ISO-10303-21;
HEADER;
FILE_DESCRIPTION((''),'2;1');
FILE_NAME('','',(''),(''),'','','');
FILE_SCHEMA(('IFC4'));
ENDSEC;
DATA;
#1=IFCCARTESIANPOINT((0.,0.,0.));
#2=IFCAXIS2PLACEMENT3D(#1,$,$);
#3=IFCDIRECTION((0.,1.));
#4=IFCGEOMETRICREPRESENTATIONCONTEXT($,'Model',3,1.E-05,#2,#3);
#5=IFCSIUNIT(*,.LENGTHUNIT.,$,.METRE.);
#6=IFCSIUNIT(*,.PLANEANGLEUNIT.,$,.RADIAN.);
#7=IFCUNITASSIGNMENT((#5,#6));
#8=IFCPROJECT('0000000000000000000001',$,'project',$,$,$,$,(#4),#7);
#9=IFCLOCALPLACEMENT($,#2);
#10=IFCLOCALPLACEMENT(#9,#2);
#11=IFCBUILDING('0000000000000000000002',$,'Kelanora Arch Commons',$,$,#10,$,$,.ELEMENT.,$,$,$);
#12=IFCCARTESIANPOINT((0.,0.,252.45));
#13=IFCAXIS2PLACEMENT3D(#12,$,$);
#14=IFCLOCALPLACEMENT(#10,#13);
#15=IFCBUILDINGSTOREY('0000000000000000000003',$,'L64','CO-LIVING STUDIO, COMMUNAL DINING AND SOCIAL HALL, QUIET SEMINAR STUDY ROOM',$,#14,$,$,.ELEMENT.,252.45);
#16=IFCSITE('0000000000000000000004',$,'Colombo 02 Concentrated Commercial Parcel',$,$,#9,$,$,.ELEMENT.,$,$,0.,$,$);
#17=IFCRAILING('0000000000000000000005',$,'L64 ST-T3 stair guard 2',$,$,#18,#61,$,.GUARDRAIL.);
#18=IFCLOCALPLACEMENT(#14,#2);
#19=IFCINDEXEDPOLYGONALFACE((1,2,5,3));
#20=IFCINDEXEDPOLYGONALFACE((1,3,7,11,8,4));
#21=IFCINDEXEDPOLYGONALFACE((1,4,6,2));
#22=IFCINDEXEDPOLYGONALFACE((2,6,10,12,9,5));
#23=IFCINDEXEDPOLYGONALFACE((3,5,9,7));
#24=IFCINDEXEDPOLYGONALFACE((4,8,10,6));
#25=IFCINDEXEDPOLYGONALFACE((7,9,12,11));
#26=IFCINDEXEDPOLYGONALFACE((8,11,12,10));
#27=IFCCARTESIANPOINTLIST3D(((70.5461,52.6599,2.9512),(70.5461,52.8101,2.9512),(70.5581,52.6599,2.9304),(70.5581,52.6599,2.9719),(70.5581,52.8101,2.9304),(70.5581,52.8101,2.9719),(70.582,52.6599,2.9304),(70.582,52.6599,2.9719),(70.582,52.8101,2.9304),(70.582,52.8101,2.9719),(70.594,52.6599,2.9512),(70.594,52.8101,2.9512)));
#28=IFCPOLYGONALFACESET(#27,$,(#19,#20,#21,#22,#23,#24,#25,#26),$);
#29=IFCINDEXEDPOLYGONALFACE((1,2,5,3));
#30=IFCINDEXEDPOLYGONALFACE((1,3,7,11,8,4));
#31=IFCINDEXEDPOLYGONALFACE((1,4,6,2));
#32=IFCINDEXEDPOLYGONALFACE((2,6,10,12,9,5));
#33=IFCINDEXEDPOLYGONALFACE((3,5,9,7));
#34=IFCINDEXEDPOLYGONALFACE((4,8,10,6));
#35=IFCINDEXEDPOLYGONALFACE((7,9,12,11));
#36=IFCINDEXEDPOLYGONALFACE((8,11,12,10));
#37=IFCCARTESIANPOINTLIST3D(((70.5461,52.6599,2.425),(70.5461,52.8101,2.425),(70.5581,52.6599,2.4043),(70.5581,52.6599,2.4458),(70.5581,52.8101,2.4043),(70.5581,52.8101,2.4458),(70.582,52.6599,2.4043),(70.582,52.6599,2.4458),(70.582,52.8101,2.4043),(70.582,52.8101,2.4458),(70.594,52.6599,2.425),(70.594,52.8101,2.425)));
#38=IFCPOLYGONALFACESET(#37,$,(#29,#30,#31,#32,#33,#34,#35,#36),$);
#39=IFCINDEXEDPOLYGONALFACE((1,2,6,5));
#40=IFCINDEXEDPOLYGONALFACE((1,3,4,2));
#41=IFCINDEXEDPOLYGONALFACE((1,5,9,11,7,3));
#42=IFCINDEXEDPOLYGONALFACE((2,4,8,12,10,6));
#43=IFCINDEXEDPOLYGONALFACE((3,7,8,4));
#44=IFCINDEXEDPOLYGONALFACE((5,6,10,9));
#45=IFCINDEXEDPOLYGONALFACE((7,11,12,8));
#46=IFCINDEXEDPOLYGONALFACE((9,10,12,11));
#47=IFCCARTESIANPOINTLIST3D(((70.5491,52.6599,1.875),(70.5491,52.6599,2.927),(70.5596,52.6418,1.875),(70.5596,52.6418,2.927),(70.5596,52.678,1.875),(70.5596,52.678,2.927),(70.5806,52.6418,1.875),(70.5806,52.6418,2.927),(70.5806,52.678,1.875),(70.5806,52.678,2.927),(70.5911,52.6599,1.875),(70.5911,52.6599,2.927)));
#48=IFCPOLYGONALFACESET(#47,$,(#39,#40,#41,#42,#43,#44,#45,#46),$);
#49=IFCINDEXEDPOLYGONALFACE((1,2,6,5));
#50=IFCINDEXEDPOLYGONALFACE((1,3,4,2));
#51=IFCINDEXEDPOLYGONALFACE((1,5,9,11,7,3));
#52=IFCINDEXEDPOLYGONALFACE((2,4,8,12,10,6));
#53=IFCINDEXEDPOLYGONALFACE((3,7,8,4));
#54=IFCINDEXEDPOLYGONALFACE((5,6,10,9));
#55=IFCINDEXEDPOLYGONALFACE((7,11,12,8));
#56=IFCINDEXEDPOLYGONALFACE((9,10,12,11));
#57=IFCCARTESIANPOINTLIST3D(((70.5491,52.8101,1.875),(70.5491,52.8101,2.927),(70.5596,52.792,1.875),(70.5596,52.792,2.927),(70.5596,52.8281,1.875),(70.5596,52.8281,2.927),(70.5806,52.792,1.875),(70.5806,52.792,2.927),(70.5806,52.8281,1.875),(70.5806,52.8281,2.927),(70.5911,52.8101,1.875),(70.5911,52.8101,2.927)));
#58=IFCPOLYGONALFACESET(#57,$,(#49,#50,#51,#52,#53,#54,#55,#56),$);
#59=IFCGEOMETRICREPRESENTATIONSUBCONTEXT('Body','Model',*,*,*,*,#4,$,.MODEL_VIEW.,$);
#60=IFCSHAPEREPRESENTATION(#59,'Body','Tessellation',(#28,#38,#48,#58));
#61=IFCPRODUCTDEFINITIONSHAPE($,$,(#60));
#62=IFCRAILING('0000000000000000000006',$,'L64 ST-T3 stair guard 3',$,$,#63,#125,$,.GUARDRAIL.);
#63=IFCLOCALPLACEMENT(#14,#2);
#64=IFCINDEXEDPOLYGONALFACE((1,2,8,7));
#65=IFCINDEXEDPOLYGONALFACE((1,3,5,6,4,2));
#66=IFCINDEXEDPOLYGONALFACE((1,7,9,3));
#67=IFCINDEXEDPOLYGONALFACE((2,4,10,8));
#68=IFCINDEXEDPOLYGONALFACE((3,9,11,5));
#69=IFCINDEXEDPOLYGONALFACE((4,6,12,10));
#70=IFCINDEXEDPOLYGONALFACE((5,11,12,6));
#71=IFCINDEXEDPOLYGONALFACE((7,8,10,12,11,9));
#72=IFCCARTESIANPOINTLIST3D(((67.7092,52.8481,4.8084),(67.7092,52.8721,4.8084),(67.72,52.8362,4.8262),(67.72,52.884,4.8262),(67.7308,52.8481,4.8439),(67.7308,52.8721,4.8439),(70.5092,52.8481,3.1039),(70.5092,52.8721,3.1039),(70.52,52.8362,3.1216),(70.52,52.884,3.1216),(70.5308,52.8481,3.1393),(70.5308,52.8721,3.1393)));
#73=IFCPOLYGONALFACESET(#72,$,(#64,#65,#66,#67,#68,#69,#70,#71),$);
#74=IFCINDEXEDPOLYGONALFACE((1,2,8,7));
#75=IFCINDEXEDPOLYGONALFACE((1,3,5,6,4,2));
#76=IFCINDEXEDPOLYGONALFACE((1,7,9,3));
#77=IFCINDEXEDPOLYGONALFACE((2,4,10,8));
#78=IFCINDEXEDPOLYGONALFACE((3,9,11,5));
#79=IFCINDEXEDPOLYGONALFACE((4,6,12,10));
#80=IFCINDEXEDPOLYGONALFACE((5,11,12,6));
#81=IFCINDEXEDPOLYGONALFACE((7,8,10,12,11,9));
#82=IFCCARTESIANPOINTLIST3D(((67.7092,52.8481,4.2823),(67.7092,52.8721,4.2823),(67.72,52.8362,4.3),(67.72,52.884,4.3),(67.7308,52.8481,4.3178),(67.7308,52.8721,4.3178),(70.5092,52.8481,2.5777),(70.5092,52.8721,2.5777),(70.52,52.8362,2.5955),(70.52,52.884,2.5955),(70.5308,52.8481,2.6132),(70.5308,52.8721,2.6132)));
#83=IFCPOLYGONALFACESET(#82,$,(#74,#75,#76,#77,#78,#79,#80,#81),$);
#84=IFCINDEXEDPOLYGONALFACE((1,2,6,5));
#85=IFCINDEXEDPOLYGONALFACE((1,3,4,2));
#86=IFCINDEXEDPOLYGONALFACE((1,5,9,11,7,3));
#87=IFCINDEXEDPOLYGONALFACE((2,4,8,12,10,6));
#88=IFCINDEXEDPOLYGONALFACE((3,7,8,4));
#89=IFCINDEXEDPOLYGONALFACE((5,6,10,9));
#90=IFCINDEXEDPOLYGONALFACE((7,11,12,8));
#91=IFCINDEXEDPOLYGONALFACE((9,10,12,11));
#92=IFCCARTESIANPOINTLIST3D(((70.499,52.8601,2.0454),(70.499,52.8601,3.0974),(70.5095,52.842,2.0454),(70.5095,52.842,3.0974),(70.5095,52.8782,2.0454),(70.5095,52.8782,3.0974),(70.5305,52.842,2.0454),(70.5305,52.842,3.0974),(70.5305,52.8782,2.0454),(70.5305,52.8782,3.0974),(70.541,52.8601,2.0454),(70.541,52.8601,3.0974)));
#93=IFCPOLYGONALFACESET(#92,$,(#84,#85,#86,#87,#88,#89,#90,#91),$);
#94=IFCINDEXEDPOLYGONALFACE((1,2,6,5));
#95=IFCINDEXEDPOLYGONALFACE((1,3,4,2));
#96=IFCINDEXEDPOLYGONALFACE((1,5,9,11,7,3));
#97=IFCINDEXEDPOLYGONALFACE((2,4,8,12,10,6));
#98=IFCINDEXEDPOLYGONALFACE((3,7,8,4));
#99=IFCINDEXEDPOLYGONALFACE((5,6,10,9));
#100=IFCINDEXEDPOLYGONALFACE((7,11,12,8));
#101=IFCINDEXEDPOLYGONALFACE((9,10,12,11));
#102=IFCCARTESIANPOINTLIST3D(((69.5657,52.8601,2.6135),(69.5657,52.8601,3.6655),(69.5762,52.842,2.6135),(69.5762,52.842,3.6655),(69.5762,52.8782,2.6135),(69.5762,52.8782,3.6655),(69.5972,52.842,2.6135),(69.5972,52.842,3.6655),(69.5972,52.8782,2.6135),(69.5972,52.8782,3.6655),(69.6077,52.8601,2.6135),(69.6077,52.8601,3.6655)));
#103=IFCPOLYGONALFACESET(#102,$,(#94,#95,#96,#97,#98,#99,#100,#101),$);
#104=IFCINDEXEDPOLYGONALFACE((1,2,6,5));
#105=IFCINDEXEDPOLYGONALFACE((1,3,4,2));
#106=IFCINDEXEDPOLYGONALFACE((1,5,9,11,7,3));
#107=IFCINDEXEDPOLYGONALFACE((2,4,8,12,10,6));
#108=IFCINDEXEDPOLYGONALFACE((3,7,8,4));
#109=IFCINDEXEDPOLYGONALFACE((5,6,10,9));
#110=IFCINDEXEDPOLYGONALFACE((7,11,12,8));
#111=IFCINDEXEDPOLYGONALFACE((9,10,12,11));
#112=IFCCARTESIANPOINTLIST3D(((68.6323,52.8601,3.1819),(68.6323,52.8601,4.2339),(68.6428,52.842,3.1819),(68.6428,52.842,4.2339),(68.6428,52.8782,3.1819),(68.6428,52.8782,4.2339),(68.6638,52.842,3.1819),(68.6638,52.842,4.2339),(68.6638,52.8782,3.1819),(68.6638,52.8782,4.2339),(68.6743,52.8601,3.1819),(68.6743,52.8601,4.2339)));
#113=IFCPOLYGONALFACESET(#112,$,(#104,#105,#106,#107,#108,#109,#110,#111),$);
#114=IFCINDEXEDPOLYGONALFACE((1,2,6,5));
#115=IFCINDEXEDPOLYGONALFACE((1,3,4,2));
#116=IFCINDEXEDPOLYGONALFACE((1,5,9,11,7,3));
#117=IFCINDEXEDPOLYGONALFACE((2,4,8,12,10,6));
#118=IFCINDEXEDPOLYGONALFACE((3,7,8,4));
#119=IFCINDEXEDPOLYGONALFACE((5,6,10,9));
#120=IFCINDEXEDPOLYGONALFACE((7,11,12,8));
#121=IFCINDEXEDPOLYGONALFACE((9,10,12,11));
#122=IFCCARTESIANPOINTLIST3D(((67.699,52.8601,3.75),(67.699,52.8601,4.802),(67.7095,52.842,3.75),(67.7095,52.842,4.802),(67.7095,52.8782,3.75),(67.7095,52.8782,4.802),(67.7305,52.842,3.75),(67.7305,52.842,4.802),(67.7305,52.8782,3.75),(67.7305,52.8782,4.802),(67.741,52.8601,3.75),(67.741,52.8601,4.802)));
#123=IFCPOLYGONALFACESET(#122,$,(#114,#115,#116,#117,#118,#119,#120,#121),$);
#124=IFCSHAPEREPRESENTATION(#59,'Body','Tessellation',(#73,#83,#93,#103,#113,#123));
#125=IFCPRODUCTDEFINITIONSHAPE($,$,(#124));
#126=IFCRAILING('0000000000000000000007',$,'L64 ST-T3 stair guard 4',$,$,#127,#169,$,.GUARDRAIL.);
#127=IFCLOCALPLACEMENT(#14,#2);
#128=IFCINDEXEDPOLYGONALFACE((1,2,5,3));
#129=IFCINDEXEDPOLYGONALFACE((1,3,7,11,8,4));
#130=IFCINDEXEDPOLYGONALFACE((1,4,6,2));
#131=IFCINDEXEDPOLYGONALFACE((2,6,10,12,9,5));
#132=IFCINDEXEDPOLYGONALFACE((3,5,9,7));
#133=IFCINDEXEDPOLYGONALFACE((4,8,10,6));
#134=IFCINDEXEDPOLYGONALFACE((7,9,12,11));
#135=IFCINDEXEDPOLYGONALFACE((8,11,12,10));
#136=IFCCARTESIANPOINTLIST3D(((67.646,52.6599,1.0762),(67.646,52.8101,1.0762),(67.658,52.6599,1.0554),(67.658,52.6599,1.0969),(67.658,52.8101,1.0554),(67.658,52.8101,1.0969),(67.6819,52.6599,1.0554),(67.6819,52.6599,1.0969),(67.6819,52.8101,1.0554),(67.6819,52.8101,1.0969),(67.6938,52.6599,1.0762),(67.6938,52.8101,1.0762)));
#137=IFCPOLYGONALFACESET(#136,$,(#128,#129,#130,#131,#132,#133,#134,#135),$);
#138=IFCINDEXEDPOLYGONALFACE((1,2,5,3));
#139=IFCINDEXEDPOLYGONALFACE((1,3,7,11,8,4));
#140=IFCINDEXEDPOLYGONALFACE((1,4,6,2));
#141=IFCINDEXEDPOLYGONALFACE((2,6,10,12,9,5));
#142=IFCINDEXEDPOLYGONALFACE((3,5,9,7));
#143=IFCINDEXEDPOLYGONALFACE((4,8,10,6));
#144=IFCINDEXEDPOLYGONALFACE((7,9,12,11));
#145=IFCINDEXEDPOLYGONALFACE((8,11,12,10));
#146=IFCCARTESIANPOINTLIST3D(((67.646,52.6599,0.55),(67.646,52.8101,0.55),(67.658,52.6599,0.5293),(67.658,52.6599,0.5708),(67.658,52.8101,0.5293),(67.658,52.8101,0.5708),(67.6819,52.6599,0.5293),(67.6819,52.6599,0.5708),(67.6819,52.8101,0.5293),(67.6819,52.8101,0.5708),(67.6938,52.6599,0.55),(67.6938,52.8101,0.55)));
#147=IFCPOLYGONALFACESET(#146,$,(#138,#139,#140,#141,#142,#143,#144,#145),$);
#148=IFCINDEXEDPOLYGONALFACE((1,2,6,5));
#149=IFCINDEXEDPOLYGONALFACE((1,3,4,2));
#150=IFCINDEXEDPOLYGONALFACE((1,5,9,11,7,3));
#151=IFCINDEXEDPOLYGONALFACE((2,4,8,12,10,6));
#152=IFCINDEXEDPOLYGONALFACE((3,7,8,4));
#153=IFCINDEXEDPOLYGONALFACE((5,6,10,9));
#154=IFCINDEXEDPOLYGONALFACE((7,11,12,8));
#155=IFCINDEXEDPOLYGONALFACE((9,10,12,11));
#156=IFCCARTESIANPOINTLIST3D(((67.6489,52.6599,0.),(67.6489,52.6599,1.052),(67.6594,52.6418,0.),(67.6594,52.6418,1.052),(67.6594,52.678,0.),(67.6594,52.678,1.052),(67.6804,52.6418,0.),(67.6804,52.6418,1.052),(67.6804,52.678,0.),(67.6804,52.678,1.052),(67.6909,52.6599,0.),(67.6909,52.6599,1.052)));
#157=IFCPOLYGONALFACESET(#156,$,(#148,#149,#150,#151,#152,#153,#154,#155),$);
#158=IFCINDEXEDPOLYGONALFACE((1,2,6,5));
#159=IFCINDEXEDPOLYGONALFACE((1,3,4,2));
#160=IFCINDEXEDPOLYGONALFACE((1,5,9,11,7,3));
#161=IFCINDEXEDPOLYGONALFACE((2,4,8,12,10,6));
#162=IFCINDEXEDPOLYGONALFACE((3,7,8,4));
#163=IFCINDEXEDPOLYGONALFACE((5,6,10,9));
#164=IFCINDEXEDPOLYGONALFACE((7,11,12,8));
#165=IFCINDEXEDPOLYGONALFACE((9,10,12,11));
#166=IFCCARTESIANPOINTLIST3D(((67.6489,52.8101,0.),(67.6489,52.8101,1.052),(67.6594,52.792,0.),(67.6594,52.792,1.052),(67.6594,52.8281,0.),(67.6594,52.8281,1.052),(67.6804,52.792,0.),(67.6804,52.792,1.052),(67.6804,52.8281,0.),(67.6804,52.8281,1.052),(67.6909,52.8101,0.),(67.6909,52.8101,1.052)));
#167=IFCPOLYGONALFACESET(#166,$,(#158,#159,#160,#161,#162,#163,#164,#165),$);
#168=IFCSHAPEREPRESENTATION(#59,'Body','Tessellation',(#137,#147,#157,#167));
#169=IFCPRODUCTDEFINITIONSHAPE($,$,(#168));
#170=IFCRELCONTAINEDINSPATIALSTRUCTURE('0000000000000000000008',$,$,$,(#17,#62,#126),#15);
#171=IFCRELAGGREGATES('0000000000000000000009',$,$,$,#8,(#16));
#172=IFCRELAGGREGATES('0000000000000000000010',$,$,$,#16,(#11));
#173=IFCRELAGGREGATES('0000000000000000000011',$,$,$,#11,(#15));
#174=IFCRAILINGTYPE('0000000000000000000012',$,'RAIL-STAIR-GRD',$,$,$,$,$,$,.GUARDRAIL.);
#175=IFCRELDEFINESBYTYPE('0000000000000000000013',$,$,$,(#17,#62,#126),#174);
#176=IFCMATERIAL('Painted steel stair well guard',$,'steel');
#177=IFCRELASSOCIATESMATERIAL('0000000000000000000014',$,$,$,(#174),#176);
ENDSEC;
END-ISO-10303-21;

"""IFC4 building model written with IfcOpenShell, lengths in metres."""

from ifc_helpers import new_model, si_unit, direction, frame, origin, place, context, subcontext, project, spatial, polyline, outline, extrude, material, type_object, element, save


model = new_model("IFC4")

# Units and contexts
model_context = context("Model", 3, precision=1e-05, world=origin(), true_north=direction((0.0, 1.0)))
body_context = subcontext(model_context, "Body", "Model", "MODEL_VIEW")
ifc_project = project(units=[si_unit("LENGTHUNIT", "METRE"), si_unit("PLANEANGLEUNIT", "RADIAN")], contexts=[model_context])

# Site, building, storey
site_placement = place(None, origin())
site = spatial("IfcSite", under=ifc_project, at=site_placement, Name="Colombo 02 Concentrated Commercial Parcel", CompositionType="ELEMENT", RefElevation=0.0)
building_placement = place(site_placement, origin())
building = spatial("IfcBuilding", under=site, at=building_placement, Name="Kelanora Arch Commons", CompositionType="ELEMENT")
storey_placement = place(building_placement, frame((0.0, 0.0, 252.45)))
storey = spatial("IfcBuildingStorey", under=building, at=storey_placement, Name="L64", Description="CO-LIVING STUDIO, COMMUNAL DINING AND SOCIAL HALL, QUIET SEMINAR STUDY ROOM", CompositionType="ELEMENT", Elevation=252.45)

# Railings
ifc_material_1 = material(Name="Painted steel stair well guard", Category="steel")
railing_type_1 = type_object("IfcRailingType", Name="RAIL-STAIR-GRD", PredefinedType="GUARDRAIL", material=ifc_material_1)
railing_1_placement = place(storey_placement, frame((70.5701, 52.6599, 1.875)))
element("IfcRailing", 1, at=railing_1_placement, inside=storey, type_object=railing_type_1, Name="L64 ST-T3 stair guard 2", PredefinedType="GUARDRAIL", context=body_context, shape_type="SweptSolid", body=[
    extrude(outline(polyline([(0.0239, 0.0), (0.012, 0.0208), (-0.012, 0.0208), (-0.0239, 0.0), (-0.012, -0.0208), (0.012, -0.0208), (0.0239, 0.0)])), frame((0.0, 0.0, 1.0762), z_axis=(0.0, 1.0, 0.0), x_axis=(-1.0, 0.0, 0.0)), (0.0, 0.0, 1.0), 0.1501),
    extrude(outline(polyline([(0.0239, 0.0), (0.012, 0.0208), (-0.012, 0.0208), (-0.0239, 0.0), (-0.012, -0.0208), (0.012, -0.0208), (0.0239, 0.0)])), frame((0.0, 0.0, 0.55), z_axis=(0.0, 1.0, 0.0), x_axis=(-1.0, 0.0, 0.0)), (0.0, 0.0, 1.0), 0.1501),
    extrude(outline(polyline([(0.021, 0.0), (0.0105, 0.0181), (-0.0105, 0.0181), (-0.021, 0.0), (-0.0105, -0.0181), (0.0105, -0.0181), (0.021, 0.0)])), origin(), (0.0, 0.0, 1.0), 1.052),
    extrude(outline(polyline([(0.021, 0.0), (0.0105, 0.0181), (-0.0105, 0.0181), (-0.021, 0.0), (-0.0105, -0.0181), (0.0105, -0.0181), (0.021, 0.0)])), frame((0.0, 0.1501, 0.0)), (0.0, 0.0, 1.0), 1.052),
])
railing_2_placement = place(storey_placement, frame((70.52, 52.8601, 2.0454)))
element("IfcRailing", 2, at=railing_2_placement, inside=storey, type_object=railing_type_1, Name="L64 ST-T3 stair guard 3", PredefinedType="GUARDRAIL", context=body_context, shape_type="SweptSolid", body=[
    extrude(outline(polyline([(0.0239, 0.0), (0.012, 0.0208), (-0.012, 0.0208), (-0.0239, 0.0), (-0.012, -0.0208), (0.012, -0.0208), (0.0239, 0.0)])), frame((0.0, 0.0, 1.0762), z_axis=(-0.85417, 0.0, 0.519994), x_axis=(0.0, -1.0, 0.0)), (0.0, 0.0, 1.0), 3.2781),
    extrude(outline(polyline([(0.0239, 0.0), (0.012, 0.0208), (-0.012, 0.0208), (-0.0239, 0.0), (-0.012, -0.0208), (0.012, -0.0208), (0.0239, 0.0)])), frame((0.0, 0.0, 0.55), z_axis=(-0.85417, 0.0, 0.519994), x_axis=(0.0, -1.0, 0.0)), (0.0, 0.0, 1.0), 3.2781),
    extrude(outline(polyline([(0.021, 0.0), (0.0105, 0.0181), (-0.0105, 0.0181), (-0.021, 0.0), (-0.0105, -0.0181), (0.0105, -0.0181), (0.021, 0.0)])), origin(), (0.0, 0.0, 1.0), 1.052),
    extrude(outline(polyline([(0.021, 0.0), (0.0105, 0.0181), (-0.0105, 0.0181), (-0.021, 0.0), (-0.0105, -0.0181), (0.0105, -0.0181), (0.021, 0.0)])), frame((-0.9333, 0.0, 0.5681)), (0.0, 0.0, 1.0), 1.052),
    extrude(outline(polyline([(0.021, 0.0), (0.0105, 0.0181), (-0.0105, 0.0181), (-0.021, 0.0), (-0.0105, -0.0181), (0.0105, -0.0181), (0.021, 0.0)])), frame((-1.8667, 0.0, 1.1365)), (0.0, 0.0, 1.0), 1.052),
    extrude(outline(polyline([(0.021, 0.0), (0.0105, 0.0181), (-0.0105, 0.0181), (-0.021, 0.0), (-0.0105, -0.0181), (0.0105, -0.0181), (0.021, 0.0)])), frame((-2.8, 0.0, 1.7046)), (0.0, 0.0, 1.0), 1.052),
])
railing_3_placement = place(storey_placement, frame((67.6699, 52.6599, 0.0)))
element("IfcRailing", 3, at=railing_3_placement, inside=storey, type_object=railing_type_1, Name="L64 ST-T3 stair guard 4", PredefinedType="GUARDRAIL", context=body_context, shape_type="SweptSolid", body=[
    extrude(outline(polyline([(0.0239, 0.0), (0.012, 0.0208), (-0.012, 0.0208), (-0.0239, 0.0), (-0.012, -0.0208), (0.012, -0.0208), (0.0239, 0.0)])), frame((0.0, 0.0, 1.0762), z_axis=(0.0, 1.0, 0.0), x_axis=(-1.0, 0.0, 0.0)), (0.0, 0.0, 1.0), 0.1501),
    extrude(outline(polyline([(0.0239, 0.0), (0.012, 0.0208), (-0.012, 0.0208), (-0.0239, 0.0), (-0.012, -0.0208), (0.012, -0.0208), (0.0239, 0.0)])), frame((0.0, 0.0, 0.55), z_axis=(0.0, 1.0, 0.0), x_axis=(-1.0, 0.0, 0.0)), (0.0, 0.0, 1.0), 0.1501),
    extrude(outline(polyline([(0.021, 0.0), (0.0105, 0.0181), (-0.0105, 0.0181), (-0.021, 0.0), (-0.0105, -0.0181), (0.0105, -0.0181), (0.021, 0.0)])), origin(), (0.0, 0.0, 1.0), 1.052),
    extrude(outline(polyline([(0.021, 0.0), (0.0105, 0.0181), (-0.0105, 0.0181), (-0.021, 0.0), (-0.0105, -0.0181), (0.0105, -0.0181), (0.021, 0.0)])), frame((0.0, 0.1501, 0.0)), (0.0, 0.0, 1.0), 1.052),
])

save(model, "model.ifc")
